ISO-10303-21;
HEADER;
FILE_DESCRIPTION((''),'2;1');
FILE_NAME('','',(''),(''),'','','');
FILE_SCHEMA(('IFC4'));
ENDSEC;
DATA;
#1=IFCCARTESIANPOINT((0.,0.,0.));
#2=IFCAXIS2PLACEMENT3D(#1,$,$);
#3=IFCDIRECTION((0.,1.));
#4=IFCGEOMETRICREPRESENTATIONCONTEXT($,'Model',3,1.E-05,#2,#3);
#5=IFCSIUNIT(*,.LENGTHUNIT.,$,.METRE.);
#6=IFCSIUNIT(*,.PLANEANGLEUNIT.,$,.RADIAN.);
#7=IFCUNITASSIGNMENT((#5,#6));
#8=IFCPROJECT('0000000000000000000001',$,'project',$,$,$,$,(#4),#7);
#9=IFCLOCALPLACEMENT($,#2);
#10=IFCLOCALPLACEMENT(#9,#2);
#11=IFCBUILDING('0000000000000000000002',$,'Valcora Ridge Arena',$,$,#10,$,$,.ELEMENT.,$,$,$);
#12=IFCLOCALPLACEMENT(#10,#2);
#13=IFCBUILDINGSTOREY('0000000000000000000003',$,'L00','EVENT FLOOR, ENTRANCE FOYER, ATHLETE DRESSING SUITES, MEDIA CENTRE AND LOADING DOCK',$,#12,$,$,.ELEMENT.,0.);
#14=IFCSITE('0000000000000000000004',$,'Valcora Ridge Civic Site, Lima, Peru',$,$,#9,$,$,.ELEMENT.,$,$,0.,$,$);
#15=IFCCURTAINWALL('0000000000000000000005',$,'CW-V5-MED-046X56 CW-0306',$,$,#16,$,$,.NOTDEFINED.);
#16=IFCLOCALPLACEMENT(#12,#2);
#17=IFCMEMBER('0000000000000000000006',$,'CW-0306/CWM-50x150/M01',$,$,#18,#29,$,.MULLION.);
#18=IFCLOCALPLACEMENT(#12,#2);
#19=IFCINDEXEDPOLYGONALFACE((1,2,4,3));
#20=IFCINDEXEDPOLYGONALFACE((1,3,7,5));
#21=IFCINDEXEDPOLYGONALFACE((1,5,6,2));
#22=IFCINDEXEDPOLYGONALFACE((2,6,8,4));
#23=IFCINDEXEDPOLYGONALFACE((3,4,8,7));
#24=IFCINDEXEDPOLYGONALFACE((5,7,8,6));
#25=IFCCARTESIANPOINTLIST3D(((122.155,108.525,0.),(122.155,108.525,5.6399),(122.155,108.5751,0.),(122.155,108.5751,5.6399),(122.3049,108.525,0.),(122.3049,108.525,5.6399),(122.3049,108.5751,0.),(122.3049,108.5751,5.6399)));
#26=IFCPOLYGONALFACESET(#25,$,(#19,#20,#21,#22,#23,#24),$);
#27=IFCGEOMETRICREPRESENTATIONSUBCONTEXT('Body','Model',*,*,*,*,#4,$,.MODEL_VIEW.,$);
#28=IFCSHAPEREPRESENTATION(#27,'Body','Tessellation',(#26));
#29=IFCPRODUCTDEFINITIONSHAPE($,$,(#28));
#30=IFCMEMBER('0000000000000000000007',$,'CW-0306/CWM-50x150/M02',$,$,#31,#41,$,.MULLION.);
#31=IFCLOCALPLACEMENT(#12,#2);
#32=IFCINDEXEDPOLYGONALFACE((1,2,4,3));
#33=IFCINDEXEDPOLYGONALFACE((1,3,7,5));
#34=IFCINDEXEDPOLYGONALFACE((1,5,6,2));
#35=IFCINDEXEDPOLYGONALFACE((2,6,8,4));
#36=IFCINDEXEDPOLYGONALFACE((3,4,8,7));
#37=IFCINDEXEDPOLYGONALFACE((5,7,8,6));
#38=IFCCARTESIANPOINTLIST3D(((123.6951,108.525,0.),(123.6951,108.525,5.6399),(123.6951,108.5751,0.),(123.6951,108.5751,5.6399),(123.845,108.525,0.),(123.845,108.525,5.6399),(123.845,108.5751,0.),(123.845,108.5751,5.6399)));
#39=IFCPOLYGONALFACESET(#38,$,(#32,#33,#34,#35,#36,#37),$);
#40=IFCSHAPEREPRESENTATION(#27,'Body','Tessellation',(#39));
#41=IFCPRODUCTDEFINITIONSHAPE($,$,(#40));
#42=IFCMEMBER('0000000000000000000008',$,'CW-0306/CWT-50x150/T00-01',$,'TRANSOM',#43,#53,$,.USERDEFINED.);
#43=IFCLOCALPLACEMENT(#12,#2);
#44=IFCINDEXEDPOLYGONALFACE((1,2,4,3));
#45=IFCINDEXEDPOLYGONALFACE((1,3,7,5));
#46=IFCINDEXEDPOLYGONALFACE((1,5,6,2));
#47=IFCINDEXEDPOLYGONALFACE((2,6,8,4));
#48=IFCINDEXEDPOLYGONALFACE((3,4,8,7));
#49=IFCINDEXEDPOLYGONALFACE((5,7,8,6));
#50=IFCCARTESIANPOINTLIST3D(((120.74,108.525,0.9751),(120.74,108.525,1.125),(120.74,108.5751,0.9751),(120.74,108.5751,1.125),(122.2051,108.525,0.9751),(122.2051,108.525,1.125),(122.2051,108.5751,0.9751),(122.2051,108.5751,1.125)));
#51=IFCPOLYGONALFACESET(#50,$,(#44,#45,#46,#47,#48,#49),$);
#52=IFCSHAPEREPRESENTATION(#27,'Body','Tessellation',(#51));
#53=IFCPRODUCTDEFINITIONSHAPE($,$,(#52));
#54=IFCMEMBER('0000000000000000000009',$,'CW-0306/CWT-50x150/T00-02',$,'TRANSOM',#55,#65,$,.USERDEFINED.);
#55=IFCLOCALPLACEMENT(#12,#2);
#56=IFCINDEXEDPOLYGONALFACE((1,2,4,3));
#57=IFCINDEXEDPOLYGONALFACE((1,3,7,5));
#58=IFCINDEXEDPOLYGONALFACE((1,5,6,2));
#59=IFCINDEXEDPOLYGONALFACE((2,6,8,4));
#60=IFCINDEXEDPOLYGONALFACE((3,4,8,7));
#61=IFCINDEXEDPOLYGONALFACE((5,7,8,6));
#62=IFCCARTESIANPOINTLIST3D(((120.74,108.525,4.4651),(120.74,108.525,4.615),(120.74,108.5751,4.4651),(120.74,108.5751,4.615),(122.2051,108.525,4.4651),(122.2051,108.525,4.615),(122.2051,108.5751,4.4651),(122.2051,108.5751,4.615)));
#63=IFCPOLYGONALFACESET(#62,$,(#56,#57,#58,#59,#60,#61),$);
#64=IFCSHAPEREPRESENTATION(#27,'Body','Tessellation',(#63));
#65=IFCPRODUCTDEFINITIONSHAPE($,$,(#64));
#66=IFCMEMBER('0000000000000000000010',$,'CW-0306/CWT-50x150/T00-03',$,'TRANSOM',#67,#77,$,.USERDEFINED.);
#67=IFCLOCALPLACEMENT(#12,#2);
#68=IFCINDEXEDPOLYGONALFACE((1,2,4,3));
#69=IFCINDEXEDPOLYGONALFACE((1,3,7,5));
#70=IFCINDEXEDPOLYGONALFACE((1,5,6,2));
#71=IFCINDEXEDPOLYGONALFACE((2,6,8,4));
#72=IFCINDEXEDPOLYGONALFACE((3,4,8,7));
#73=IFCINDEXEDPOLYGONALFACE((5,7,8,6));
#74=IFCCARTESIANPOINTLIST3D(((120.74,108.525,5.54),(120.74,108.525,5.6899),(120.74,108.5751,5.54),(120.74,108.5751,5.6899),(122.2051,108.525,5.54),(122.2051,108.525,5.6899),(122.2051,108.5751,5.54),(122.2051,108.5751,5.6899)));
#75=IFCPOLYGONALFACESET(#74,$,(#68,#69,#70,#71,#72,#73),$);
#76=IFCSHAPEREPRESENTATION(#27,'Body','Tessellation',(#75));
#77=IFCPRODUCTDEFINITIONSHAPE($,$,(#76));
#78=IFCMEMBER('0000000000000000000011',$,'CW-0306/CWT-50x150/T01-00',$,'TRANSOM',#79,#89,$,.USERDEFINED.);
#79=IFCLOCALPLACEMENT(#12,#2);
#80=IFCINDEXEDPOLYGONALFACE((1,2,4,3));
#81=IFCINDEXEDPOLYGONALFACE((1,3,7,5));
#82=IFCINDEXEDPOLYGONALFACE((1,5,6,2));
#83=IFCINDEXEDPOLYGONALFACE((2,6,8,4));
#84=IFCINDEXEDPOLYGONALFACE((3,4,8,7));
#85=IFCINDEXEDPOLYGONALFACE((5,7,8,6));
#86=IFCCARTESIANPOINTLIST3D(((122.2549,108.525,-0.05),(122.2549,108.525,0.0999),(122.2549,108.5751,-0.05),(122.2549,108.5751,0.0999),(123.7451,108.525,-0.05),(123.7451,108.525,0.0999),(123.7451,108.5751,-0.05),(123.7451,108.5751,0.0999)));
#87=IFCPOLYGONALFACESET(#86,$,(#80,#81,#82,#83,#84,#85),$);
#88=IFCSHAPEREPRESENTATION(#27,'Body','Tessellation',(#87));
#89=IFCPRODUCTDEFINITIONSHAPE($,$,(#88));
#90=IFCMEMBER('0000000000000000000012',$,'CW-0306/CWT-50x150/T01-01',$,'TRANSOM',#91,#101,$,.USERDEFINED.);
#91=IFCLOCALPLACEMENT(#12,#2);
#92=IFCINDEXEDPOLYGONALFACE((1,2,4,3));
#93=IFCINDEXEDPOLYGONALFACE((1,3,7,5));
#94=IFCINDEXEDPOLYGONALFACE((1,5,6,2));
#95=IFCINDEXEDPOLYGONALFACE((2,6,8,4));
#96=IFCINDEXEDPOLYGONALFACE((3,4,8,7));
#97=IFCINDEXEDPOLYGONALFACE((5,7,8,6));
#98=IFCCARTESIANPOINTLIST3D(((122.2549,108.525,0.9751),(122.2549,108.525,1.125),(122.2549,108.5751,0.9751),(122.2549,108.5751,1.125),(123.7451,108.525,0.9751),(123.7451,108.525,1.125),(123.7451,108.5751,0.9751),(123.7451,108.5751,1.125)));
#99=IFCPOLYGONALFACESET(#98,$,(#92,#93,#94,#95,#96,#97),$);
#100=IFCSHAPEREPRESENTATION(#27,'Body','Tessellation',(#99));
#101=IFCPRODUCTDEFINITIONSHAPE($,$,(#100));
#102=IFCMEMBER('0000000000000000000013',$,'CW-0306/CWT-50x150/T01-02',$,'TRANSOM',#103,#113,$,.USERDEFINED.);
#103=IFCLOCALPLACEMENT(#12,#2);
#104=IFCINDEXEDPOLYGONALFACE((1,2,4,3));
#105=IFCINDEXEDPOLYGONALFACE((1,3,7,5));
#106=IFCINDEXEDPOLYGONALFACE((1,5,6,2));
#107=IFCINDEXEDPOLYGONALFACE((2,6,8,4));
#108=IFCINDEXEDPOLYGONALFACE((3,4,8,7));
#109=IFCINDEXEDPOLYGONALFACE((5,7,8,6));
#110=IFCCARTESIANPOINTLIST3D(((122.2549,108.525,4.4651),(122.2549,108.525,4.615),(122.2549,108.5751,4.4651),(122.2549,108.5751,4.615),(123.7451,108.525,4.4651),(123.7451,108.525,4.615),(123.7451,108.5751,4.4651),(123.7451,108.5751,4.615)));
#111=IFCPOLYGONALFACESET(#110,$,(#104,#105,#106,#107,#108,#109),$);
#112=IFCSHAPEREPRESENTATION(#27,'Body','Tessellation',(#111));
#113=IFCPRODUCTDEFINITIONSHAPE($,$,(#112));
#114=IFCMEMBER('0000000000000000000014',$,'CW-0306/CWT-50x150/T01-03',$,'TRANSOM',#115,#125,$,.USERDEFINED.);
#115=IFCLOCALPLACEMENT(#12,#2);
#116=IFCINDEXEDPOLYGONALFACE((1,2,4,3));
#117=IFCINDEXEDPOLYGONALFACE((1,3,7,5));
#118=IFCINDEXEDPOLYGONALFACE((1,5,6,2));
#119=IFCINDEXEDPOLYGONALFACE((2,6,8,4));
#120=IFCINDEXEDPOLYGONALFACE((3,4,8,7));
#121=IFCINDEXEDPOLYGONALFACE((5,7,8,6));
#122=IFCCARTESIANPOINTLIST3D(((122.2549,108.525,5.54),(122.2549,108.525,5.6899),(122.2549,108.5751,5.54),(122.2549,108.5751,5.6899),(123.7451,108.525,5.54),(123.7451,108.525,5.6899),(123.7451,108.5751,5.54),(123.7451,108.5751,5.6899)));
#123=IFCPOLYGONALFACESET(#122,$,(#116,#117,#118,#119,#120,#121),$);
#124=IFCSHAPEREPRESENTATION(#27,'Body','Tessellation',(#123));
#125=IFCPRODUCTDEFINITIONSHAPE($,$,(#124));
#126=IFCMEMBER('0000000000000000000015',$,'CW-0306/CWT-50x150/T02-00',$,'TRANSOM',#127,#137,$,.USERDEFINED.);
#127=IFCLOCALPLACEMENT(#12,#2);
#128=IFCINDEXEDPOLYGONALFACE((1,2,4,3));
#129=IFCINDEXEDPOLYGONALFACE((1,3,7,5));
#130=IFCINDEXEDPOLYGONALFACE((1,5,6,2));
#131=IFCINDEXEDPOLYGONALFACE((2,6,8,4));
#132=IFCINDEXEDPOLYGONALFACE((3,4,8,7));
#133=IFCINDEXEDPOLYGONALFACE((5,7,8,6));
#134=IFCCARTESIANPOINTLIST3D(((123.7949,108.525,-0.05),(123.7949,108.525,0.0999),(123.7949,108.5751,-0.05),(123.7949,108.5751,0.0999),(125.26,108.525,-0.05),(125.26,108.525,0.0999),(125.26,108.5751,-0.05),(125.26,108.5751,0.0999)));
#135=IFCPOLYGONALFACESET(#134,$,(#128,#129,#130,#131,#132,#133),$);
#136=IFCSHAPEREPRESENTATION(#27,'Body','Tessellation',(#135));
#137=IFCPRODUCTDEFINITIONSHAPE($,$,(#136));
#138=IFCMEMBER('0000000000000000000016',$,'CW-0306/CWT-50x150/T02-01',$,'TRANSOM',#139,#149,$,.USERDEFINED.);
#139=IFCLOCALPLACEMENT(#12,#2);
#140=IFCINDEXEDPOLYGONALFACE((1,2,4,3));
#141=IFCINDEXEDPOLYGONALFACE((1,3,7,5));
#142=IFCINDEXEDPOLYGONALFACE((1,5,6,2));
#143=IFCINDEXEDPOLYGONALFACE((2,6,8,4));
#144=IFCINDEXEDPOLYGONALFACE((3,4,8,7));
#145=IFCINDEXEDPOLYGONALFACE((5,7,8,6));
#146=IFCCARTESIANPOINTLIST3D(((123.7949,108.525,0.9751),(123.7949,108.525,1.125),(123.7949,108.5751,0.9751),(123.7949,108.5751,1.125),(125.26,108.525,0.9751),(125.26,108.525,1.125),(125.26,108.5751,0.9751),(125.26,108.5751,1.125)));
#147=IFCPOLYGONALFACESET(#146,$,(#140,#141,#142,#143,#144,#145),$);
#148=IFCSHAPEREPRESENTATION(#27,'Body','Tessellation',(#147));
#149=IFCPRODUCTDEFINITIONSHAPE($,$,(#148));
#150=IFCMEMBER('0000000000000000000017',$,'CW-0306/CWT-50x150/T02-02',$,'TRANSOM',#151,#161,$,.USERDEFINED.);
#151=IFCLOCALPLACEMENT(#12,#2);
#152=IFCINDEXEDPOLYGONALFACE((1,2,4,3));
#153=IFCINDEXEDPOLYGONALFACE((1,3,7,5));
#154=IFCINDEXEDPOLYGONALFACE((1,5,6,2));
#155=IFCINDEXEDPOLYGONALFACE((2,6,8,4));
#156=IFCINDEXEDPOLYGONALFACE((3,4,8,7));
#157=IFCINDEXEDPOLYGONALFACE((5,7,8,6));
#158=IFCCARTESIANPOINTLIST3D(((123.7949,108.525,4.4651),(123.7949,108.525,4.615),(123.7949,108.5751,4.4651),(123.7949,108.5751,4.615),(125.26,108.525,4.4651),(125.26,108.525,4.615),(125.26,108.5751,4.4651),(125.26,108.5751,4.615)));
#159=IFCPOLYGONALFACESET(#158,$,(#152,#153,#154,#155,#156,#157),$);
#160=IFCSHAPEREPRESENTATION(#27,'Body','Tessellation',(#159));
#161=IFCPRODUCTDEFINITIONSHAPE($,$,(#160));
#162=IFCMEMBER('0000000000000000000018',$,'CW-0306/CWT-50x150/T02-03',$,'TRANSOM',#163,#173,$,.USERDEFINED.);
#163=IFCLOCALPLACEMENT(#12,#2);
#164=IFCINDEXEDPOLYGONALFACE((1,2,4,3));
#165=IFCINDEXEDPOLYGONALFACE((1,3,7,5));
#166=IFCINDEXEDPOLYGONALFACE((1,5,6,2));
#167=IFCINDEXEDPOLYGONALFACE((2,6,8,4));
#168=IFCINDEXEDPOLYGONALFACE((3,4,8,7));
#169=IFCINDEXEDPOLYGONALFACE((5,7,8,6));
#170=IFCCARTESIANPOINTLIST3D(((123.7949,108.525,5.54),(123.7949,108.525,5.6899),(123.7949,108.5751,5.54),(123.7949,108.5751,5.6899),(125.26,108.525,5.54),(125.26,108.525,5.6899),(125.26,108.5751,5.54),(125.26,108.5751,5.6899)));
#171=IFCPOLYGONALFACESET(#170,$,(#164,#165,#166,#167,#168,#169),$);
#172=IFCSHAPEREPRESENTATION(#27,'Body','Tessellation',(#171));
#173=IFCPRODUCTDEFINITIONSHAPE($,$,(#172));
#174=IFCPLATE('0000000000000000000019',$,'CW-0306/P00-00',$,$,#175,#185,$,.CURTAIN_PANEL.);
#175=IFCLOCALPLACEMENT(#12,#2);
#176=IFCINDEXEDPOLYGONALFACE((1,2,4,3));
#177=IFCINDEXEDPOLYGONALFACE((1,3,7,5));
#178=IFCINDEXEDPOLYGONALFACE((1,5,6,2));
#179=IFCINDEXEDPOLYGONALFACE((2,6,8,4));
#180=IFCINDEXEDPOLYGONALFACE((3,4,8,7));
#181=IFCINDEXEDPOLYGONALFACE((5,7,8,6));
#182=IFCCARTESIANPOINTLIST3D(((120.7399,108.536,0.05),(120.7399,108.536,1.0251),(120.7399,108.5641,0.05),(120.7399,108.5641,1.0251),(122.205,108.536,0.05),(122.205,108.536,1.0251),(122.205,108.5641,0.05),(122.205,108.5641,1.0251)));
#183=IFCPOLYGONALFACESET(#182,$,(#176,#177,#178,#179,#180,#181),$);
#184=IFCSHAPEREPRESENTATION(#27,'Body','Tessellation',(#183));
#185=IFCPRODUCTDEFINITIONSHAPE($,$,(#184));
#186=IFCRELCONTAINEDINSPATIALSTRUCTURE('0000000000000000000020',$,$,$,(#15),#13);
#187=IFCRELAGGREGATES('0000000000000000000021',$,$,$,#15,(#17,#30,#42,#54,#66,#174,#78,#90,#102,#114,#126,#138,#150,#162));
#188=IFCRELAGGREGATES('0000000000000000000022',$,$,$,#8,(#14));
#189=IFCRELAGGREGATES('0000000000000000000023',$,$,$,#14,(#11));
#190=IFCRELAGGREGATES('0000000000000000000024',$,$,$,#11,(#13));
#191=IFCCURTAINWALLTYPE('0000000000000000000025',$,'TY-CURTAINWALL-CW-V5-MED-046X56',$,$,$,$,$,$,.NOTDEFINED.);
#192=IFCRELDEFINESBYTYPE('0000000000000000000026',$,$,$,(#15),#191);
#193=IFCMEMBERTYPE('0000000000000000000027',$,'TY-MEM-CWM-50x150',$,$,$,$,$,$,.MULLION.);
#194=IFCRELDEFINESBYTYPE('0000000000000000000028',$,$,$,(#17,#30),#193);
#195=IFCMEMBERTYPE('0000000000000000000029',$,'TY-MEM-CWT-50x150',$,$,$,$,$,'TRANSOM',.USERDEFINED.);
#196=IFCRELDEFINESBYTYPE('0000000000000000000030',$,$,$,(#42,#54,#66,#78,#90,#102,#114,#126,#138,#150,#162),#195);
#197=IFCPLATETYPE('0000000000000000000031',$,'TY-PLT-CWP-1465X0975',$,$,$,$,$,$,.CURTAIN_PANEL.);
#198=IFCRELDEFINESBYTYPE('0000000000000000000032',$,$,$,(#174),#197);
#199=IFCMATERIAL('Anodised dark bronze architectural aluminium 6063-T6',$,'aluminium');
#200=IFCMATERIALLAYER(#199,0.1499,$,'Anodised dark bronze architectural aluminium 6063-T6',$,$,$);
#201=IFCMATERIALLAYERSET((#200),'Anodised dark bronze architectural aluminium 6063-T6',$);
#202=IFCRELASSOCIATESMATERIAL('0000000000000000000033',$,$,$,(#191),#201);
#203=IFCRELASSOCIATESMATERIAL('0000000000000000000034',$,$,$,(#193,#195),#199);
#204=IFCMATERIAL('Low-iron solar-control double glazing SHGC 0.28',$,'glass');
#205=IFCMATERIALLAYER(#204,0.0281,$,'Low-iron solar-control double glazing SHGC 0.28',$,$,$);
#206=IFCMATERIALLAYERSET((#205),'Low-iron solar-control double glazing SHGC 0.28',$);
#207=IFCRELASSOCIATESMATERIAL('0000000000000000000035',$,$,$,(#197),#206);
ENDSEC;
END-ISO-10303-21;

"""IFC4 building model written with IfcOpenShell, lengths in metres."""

from ifc_helpers import new_model, si_unit, direction, frame, origin, origin_2d, place, context, subcontext, project, spatial, rectangle, extrude, material, layer, layer_set, material_profile, profile_set, type_object, element, aggregate, save


model = new_model("IFC4")

# Units and contexts
model_context = context("Model", 3, precision=1e-05, world=origin(), true_north=direction((0.0, 1.0)))
body_context = subcontext(model_context, "Body", "Model", "MODEL_VIEW")
ifc_project = project(units=[si_unit("LENGTHUNIT", "METRE"), si_unit("PLANEANGLEUNIT", "RADIAN")], contexts=[model_context])

# Site, building, storey
site_placement = place(None, origin())
site = spatial("IfcSite", under=ifc_project, at=site_placement, Name="Valcora Ridge Civic Site, Lima, Peru", CompositionType="ELEMENT", RefElevation=0.0)
building_placement = place(site_placement, origin())
building = spatial("IfcBuilding", under=site, at=building_placement, Name="Valcora Ridge Arena", CompositionType="ELEMENT")
storey_placement = place(building_placement, origin())
storey = spatial("IfcBuildingStorey", under=building, at=storey_placement, Name="L00", Description="EVENT FLOOR, ENTRANCE FOYER, ATHLETE DRESSING SUITES, MEDIA CENTRE AND LOADING DOCK", CompositionType="ELEMENT", Elevation=0.0)

# Curtain wall, members, plate
ifc_material_1 = material(Name="Anodised dark bronze architectural aluminium 6063-T6", Category="aluminium")
ifc_layer_1 = layer(ifc_material_1, 0.1499, Name="Anodised dark bronze architectural aluminium 6063-T6")
ifc_layer_set_1 = layer_set([ifc_layer_1], Name="Anodised dark bronze architectural aluminium 6063-T6")
curtain_wall_type = type_object("IfcCurtainWallType", Name="TY-CURTAINWALL-CW-V5-MED-046X56", PredefinedType="NOTDEFINED", material=ifc_layer_set_1)
curtain_wall_placement = place(storey_placement, origin())
curtain_wall = element("IfcCurtainWall", 1, at=curtain_wall_placement, inside=storey, type_object=curtain_wall_type, Name="CW-V5-MED-046X56 CW-0306", PredefinedType="NOTDEFINED")
ifc_material_profile_1 = material_profile(ifc_material_1, rectangle(XDim=0.05, YDim=0.1499, at=origin_2d()), Name="ALU MULLION 50x150")
ifc_profile_set_1 = profile_set([ifc_material_profile_1], Name="Anodised dark bronze architectural aluminium 6063-T6")
member_type_1 = type_object("IfcMemberType", Name="TY-MEM-CWM-50x150", PredefinedType="MULLION", material=ifc_profile_set_1)
member_1_placement = place(storey_placement, frame((122.23, 108.55, 0.0), z_axis=(0.0, 0.0, 1.0), x_axis=(0.0, 1.0, 0.0)))
member_1 = element("IfcMember", 2, at=member_1_placement, type_object=member_type_1, Name="CW-0306/CWM-50x150/M01", PredefinedType="MULLION", context=body_context, shape_type="SweptSolid", body=[
    extrude(rectangle(XDim=0.05, YDim=0.1499, at=origin_2d()), origin(), (0.0, 0.0, 1.0), 5.6399),
])
member_2_placement = place(storey_placement, frame((123.77, 108.55, 0.0), z_axis=(0.0, 0.0, 1.0), x_axis=(0.0, 1.0, 0.0)))
member_2 = element("IfcMember", 3, at=member_2_placement, type_object=member_type_1, Name="CW-0306/CWM-50x150/M02", PredefinedType="MULLION", context=body_context, shape_type="SweptSolid", body=[
    extrude(rectangle(XDim=0.05, YDim=0.1499, at=origin_2d()), origin(), (0.0, 0.0, 1.0), 5.6399),
])
ifc_material_profile_2 = material_profile(ifc_material_1, rectangle(XDim=0.05, YDim=0.1499, at=origin_2d()), Name="ALU TRANSOM 50x150")
ifc_profile_set_2 = profile_set([ifc_material_profile_2], Name="Anodised dark bronze architectural aluminium 6063-T6")
member_type_2 = type_object("IfcMemberType", Name="TY-MEM-CWT-50x150", ElementType="TRANSOM", PredefinedType="USERDEFINED", material=ifc_profile_set_2)
member_3_placement = place(storey_placement, frame((120.74, 108.55, 1.05), z_axis=(1.0, 0.0, 0.0), x_axis=(0.0, 1.0, 0.0)))
member_3 = element("IfcMember", 4, at=member_3_placement, type_object=member_type_2, Name="CW-0306/CWT-50x150/T00-01", ObjectType="TRANSOM", PredefinedType="USERDEFINED", context=body_context, shape_type="SweptSolid", body=[
    extrude(rectangle(XDim=0.05, YDim=0.1499, at=origin_2d()), origin(), (0.0, 0.0, 1.0), 1.4651),
])
member_4_placement = place(storey_placement, frame((120.74, 108.55, 4.54), z_axis=(1.0, 0.0, 0.0), x_axis=(0.0, 1.0, 0.0)))
member_4 = element("IfcMember", 5, at=member_4_placement, type_object=member_type_2, Name="CW-0306/CWT-50x150/T00-02", ObjectType="TRANSOM", PredefinedType="USERDEFINED", context=body_context, shape_type="SweptSolid", body=[
    extrude(rectangle(XDim=0.05, YDim=0.1499, at=origin_2d()), origin(), (0.0, 0.0, 1.0), 1.4651),
])
member_5_placement = place(storey_placement, frame((120.74, 108.55, 5.615), z_axis=(1.0, 0.0, 0.0), x_axis=(0.0, 1.0, 0.0)))
member_5 = element("IfcMember", 6, at=member_5_placement, type_object=member_type_2, Name="CW-0306/CWT-50x150/T00-03", ObjectType="TRANSOM", PredefinedType="USERDEFINED", context=body_context, shape_type="SweptSolid", body=[
    extrude(rectangle(XDim=0.05, YDim=0.1499, at=origin_2d()), origin(), (0.0, 0.0, 1.0), 1.4651),
])
member_6_placement = place(storey_placement, frame((122.2549, 108.55, 0.0249), z_axis=(1.0, 0.0, 0.0), x_axis=(0.0, 1.0, 0.0)))
member_6 = element("IfcMember", 7, at=member_6_placement, type_object=member_type_2, Name="CW-0306/CWT-50x150/T01-00", ObjectType="TRANSOM", PredefinedType="USERDEFINED", context=body_context, shape_type="SweptSolid", body=[
    extrude(rectangle(XDim=0.05, YDim=0.1499, at=origin_2d()), origin(), (0.0, 0.0, 1.0), 1.4902),
])
member_7_placement = place(storey_placement, frame((122.2549, 108.55, 1.05), z_axis=(1.0, 0.0, 0.0), x_axis=(0.0, 1.0, 0.0)))
member_7 = element("IfcMember", 8, at=member_7_placement, type_object=member_type_2, Name="CW-0306/CWT-50x150/T01-01", ObjectType="TRANSOM", PredefinedType="USERDEFINED", context=body_context, shape_type="SweptSolid", body=[
    extrude(rectangle(XDim=0.05, YDim=0.1499, at=origin_2d()), origin(), (0.0, 0.0, 1.0), 1.4902),
])
member_8_placement = place(storey_placement, frame((122.2549, 108.55, 4.54), z_axis=(1.0, 0.0, 0.0), x_axis=(0.0, 1.0, 0.0)))
member_8 = element("IfcMember", 9, at=member_8_placement, type_object=member_type_2, Name="CW-0306/CWT-50x150/T01-02", ObjectType="TRANSOM", PredefinedType="USERDEFINED", context=body_context, shape_type="SweptSolid", body=[
    extrude(rectangle(XDim=0.05, YDim=0.1499, at=origin_2d()), origin(), (0.0, 0.0, 1.0), 1.4902),
])
member_9_placement = place(storey_placement, frame((122.2549, 108.55, 5.615), z_axis=(1.0, 0.0, 0.0), x_axis=(0.0, 1.0, 0.0)))
member_9 = element("IfcMember", 10, at=member_9_placement, type_object=member_type_2, Name="CW-0306/CWT-50x150/T01-03", ObjectType="TRANSOM", PredefinedType="USERDEFINED", context=body_context, shape_type="SweptSolid", body=[
    extrude(rectangle(XDim=0.05, YDim=0.1499, at=origin_2d()), origin(), (0.0, 0.0, 1.0), 1.4902),
])
member_10_placement = place(storey_placement, frame((123.7949, 108.55, 0.0249), z_axis=(1.0, 0.0, 0.0), x_axis=(0.0, 1.0, 0.0)))
member_10 = element("IfcMember", 11, at=member_10_placement, type_object=member_type_2, Name="CW-0306/CWT-50x150/T02-00", ObjectType="TRANSOM", PredefinedType="USERDEFINED", context=body_context, shape_type="SweptSolid", body=[
    extrude(rectangle(XDim=0.05, YDim=0.1499, at=origin_2d()), origin(), (0.0, 0.0, 1.0), 1.4651),
])
member_11_placement = place(storey_placement, frame((123.7949, 108.55, 1.05), z_axis=(1.0, 0.0, 0.0), x_axis=(0.0, 1.0, 0.0)))
member_11 = element("IfcMember", 12, at=member_11_placement, type_object=member_type_2, Name="CW-0306/CWT-50x150/T02-01", ObjectType="TRANSOM", PredefinedType="USERDEFINED", context=body_context, shape_type="SweptSolid", body=[
    extrude(rectangle(XDim=0.05, YDim=0.1499, at=origin_2d()), origin(), (0.0, 0.0, 1.0), 1.4651),
])
member_12_placement = place(storey_placement, frame((123.7949, 108.55, 4.54), z_axis=(1.0, 0.0, 0.0), x_axis=(0.0, 1.0, 0.0)))
member_12 = element("IfcMember", 13, at=member_12_placement, type_object=member_type_2, Name="CW-0306/CWT-50x150/T02-02", ObjectType="TRANSOM", PredefinedType="USERDEFINED", context=body_context, shape_type="SweptSolid", body=[
    extrude(rectangle(XDim=0.05, YDim=0.1499, at=origin_2d()), origin(), (0.0, 0.0, 1.0), 1.4651),
])
member_13_placement = place(storey_placement, frame((123.7949, 108.55, 5.615), z_axis=(1.0, 0.0, 0.0), x_axis=(0.0, 1.0, 0.0)))
member_13 = element("IfcMember", 14, at=member_13_placement, type_object=member_type_2, Name="CW-0306/CWT-50x150/T02-03", ObjectType="TRANSOM", PredefinedType="USERDEFINED", context=body_context, shape_type="SweptSolid", body=[
    extrude(rectangle(XDim=0.05, YDim=0.1499, at=origin_2d()), origin(), (0.0, 0.0, 1.0), 1.4651),
])
ifc_material_2 = material(Name="Low-iron solar-control double glazing SHGC 0.28", Category="glass")
ifc_layer_2 = layer(ifc_material_2, 0.0281, Name="Low-iron solar-control double glazing SHGC 0.28")
ifc_layer_set_2 = layer_set([ifc_layer_2], Name="Low-iron solar-control double glazing SHGC 0.28")
plate_type_1 = type_object("IfcPlateType", Name="TY-PLT-CWP-1465X0975", PredefinedType="CURTAIN_PANEL", material=ifc_layer_set_2)
plate_1_placement = place(storey_placement, frame((121.4724, 108.55, 0.05), z_axis=(0.0, 0.0, 1.0), x_axis=(1.0, 0.0, 0.0)))
plate_1 = element("IfcPlate", 15, at=plate_1_placement, type_object=plate_type_1, Name="CW-0306/P00-00", PredefinedType="CURTAIN_PANEL", context=body_context, shape_type="SweptSolid", body=[
    extrude(rectangle(XDim=1.4651, YDim=0.0281, at=origin_2d()), origin(), (0.0, 0.0, 1.0), 0.9751),
])
aggregate(curtain_wall, [member_1, member_2, member_3, member_4, member_5, plate_1, member_6, member_7, member_8, member_9, member_10, member_11, member_12, member_13])

save(model, "model.ifc")
